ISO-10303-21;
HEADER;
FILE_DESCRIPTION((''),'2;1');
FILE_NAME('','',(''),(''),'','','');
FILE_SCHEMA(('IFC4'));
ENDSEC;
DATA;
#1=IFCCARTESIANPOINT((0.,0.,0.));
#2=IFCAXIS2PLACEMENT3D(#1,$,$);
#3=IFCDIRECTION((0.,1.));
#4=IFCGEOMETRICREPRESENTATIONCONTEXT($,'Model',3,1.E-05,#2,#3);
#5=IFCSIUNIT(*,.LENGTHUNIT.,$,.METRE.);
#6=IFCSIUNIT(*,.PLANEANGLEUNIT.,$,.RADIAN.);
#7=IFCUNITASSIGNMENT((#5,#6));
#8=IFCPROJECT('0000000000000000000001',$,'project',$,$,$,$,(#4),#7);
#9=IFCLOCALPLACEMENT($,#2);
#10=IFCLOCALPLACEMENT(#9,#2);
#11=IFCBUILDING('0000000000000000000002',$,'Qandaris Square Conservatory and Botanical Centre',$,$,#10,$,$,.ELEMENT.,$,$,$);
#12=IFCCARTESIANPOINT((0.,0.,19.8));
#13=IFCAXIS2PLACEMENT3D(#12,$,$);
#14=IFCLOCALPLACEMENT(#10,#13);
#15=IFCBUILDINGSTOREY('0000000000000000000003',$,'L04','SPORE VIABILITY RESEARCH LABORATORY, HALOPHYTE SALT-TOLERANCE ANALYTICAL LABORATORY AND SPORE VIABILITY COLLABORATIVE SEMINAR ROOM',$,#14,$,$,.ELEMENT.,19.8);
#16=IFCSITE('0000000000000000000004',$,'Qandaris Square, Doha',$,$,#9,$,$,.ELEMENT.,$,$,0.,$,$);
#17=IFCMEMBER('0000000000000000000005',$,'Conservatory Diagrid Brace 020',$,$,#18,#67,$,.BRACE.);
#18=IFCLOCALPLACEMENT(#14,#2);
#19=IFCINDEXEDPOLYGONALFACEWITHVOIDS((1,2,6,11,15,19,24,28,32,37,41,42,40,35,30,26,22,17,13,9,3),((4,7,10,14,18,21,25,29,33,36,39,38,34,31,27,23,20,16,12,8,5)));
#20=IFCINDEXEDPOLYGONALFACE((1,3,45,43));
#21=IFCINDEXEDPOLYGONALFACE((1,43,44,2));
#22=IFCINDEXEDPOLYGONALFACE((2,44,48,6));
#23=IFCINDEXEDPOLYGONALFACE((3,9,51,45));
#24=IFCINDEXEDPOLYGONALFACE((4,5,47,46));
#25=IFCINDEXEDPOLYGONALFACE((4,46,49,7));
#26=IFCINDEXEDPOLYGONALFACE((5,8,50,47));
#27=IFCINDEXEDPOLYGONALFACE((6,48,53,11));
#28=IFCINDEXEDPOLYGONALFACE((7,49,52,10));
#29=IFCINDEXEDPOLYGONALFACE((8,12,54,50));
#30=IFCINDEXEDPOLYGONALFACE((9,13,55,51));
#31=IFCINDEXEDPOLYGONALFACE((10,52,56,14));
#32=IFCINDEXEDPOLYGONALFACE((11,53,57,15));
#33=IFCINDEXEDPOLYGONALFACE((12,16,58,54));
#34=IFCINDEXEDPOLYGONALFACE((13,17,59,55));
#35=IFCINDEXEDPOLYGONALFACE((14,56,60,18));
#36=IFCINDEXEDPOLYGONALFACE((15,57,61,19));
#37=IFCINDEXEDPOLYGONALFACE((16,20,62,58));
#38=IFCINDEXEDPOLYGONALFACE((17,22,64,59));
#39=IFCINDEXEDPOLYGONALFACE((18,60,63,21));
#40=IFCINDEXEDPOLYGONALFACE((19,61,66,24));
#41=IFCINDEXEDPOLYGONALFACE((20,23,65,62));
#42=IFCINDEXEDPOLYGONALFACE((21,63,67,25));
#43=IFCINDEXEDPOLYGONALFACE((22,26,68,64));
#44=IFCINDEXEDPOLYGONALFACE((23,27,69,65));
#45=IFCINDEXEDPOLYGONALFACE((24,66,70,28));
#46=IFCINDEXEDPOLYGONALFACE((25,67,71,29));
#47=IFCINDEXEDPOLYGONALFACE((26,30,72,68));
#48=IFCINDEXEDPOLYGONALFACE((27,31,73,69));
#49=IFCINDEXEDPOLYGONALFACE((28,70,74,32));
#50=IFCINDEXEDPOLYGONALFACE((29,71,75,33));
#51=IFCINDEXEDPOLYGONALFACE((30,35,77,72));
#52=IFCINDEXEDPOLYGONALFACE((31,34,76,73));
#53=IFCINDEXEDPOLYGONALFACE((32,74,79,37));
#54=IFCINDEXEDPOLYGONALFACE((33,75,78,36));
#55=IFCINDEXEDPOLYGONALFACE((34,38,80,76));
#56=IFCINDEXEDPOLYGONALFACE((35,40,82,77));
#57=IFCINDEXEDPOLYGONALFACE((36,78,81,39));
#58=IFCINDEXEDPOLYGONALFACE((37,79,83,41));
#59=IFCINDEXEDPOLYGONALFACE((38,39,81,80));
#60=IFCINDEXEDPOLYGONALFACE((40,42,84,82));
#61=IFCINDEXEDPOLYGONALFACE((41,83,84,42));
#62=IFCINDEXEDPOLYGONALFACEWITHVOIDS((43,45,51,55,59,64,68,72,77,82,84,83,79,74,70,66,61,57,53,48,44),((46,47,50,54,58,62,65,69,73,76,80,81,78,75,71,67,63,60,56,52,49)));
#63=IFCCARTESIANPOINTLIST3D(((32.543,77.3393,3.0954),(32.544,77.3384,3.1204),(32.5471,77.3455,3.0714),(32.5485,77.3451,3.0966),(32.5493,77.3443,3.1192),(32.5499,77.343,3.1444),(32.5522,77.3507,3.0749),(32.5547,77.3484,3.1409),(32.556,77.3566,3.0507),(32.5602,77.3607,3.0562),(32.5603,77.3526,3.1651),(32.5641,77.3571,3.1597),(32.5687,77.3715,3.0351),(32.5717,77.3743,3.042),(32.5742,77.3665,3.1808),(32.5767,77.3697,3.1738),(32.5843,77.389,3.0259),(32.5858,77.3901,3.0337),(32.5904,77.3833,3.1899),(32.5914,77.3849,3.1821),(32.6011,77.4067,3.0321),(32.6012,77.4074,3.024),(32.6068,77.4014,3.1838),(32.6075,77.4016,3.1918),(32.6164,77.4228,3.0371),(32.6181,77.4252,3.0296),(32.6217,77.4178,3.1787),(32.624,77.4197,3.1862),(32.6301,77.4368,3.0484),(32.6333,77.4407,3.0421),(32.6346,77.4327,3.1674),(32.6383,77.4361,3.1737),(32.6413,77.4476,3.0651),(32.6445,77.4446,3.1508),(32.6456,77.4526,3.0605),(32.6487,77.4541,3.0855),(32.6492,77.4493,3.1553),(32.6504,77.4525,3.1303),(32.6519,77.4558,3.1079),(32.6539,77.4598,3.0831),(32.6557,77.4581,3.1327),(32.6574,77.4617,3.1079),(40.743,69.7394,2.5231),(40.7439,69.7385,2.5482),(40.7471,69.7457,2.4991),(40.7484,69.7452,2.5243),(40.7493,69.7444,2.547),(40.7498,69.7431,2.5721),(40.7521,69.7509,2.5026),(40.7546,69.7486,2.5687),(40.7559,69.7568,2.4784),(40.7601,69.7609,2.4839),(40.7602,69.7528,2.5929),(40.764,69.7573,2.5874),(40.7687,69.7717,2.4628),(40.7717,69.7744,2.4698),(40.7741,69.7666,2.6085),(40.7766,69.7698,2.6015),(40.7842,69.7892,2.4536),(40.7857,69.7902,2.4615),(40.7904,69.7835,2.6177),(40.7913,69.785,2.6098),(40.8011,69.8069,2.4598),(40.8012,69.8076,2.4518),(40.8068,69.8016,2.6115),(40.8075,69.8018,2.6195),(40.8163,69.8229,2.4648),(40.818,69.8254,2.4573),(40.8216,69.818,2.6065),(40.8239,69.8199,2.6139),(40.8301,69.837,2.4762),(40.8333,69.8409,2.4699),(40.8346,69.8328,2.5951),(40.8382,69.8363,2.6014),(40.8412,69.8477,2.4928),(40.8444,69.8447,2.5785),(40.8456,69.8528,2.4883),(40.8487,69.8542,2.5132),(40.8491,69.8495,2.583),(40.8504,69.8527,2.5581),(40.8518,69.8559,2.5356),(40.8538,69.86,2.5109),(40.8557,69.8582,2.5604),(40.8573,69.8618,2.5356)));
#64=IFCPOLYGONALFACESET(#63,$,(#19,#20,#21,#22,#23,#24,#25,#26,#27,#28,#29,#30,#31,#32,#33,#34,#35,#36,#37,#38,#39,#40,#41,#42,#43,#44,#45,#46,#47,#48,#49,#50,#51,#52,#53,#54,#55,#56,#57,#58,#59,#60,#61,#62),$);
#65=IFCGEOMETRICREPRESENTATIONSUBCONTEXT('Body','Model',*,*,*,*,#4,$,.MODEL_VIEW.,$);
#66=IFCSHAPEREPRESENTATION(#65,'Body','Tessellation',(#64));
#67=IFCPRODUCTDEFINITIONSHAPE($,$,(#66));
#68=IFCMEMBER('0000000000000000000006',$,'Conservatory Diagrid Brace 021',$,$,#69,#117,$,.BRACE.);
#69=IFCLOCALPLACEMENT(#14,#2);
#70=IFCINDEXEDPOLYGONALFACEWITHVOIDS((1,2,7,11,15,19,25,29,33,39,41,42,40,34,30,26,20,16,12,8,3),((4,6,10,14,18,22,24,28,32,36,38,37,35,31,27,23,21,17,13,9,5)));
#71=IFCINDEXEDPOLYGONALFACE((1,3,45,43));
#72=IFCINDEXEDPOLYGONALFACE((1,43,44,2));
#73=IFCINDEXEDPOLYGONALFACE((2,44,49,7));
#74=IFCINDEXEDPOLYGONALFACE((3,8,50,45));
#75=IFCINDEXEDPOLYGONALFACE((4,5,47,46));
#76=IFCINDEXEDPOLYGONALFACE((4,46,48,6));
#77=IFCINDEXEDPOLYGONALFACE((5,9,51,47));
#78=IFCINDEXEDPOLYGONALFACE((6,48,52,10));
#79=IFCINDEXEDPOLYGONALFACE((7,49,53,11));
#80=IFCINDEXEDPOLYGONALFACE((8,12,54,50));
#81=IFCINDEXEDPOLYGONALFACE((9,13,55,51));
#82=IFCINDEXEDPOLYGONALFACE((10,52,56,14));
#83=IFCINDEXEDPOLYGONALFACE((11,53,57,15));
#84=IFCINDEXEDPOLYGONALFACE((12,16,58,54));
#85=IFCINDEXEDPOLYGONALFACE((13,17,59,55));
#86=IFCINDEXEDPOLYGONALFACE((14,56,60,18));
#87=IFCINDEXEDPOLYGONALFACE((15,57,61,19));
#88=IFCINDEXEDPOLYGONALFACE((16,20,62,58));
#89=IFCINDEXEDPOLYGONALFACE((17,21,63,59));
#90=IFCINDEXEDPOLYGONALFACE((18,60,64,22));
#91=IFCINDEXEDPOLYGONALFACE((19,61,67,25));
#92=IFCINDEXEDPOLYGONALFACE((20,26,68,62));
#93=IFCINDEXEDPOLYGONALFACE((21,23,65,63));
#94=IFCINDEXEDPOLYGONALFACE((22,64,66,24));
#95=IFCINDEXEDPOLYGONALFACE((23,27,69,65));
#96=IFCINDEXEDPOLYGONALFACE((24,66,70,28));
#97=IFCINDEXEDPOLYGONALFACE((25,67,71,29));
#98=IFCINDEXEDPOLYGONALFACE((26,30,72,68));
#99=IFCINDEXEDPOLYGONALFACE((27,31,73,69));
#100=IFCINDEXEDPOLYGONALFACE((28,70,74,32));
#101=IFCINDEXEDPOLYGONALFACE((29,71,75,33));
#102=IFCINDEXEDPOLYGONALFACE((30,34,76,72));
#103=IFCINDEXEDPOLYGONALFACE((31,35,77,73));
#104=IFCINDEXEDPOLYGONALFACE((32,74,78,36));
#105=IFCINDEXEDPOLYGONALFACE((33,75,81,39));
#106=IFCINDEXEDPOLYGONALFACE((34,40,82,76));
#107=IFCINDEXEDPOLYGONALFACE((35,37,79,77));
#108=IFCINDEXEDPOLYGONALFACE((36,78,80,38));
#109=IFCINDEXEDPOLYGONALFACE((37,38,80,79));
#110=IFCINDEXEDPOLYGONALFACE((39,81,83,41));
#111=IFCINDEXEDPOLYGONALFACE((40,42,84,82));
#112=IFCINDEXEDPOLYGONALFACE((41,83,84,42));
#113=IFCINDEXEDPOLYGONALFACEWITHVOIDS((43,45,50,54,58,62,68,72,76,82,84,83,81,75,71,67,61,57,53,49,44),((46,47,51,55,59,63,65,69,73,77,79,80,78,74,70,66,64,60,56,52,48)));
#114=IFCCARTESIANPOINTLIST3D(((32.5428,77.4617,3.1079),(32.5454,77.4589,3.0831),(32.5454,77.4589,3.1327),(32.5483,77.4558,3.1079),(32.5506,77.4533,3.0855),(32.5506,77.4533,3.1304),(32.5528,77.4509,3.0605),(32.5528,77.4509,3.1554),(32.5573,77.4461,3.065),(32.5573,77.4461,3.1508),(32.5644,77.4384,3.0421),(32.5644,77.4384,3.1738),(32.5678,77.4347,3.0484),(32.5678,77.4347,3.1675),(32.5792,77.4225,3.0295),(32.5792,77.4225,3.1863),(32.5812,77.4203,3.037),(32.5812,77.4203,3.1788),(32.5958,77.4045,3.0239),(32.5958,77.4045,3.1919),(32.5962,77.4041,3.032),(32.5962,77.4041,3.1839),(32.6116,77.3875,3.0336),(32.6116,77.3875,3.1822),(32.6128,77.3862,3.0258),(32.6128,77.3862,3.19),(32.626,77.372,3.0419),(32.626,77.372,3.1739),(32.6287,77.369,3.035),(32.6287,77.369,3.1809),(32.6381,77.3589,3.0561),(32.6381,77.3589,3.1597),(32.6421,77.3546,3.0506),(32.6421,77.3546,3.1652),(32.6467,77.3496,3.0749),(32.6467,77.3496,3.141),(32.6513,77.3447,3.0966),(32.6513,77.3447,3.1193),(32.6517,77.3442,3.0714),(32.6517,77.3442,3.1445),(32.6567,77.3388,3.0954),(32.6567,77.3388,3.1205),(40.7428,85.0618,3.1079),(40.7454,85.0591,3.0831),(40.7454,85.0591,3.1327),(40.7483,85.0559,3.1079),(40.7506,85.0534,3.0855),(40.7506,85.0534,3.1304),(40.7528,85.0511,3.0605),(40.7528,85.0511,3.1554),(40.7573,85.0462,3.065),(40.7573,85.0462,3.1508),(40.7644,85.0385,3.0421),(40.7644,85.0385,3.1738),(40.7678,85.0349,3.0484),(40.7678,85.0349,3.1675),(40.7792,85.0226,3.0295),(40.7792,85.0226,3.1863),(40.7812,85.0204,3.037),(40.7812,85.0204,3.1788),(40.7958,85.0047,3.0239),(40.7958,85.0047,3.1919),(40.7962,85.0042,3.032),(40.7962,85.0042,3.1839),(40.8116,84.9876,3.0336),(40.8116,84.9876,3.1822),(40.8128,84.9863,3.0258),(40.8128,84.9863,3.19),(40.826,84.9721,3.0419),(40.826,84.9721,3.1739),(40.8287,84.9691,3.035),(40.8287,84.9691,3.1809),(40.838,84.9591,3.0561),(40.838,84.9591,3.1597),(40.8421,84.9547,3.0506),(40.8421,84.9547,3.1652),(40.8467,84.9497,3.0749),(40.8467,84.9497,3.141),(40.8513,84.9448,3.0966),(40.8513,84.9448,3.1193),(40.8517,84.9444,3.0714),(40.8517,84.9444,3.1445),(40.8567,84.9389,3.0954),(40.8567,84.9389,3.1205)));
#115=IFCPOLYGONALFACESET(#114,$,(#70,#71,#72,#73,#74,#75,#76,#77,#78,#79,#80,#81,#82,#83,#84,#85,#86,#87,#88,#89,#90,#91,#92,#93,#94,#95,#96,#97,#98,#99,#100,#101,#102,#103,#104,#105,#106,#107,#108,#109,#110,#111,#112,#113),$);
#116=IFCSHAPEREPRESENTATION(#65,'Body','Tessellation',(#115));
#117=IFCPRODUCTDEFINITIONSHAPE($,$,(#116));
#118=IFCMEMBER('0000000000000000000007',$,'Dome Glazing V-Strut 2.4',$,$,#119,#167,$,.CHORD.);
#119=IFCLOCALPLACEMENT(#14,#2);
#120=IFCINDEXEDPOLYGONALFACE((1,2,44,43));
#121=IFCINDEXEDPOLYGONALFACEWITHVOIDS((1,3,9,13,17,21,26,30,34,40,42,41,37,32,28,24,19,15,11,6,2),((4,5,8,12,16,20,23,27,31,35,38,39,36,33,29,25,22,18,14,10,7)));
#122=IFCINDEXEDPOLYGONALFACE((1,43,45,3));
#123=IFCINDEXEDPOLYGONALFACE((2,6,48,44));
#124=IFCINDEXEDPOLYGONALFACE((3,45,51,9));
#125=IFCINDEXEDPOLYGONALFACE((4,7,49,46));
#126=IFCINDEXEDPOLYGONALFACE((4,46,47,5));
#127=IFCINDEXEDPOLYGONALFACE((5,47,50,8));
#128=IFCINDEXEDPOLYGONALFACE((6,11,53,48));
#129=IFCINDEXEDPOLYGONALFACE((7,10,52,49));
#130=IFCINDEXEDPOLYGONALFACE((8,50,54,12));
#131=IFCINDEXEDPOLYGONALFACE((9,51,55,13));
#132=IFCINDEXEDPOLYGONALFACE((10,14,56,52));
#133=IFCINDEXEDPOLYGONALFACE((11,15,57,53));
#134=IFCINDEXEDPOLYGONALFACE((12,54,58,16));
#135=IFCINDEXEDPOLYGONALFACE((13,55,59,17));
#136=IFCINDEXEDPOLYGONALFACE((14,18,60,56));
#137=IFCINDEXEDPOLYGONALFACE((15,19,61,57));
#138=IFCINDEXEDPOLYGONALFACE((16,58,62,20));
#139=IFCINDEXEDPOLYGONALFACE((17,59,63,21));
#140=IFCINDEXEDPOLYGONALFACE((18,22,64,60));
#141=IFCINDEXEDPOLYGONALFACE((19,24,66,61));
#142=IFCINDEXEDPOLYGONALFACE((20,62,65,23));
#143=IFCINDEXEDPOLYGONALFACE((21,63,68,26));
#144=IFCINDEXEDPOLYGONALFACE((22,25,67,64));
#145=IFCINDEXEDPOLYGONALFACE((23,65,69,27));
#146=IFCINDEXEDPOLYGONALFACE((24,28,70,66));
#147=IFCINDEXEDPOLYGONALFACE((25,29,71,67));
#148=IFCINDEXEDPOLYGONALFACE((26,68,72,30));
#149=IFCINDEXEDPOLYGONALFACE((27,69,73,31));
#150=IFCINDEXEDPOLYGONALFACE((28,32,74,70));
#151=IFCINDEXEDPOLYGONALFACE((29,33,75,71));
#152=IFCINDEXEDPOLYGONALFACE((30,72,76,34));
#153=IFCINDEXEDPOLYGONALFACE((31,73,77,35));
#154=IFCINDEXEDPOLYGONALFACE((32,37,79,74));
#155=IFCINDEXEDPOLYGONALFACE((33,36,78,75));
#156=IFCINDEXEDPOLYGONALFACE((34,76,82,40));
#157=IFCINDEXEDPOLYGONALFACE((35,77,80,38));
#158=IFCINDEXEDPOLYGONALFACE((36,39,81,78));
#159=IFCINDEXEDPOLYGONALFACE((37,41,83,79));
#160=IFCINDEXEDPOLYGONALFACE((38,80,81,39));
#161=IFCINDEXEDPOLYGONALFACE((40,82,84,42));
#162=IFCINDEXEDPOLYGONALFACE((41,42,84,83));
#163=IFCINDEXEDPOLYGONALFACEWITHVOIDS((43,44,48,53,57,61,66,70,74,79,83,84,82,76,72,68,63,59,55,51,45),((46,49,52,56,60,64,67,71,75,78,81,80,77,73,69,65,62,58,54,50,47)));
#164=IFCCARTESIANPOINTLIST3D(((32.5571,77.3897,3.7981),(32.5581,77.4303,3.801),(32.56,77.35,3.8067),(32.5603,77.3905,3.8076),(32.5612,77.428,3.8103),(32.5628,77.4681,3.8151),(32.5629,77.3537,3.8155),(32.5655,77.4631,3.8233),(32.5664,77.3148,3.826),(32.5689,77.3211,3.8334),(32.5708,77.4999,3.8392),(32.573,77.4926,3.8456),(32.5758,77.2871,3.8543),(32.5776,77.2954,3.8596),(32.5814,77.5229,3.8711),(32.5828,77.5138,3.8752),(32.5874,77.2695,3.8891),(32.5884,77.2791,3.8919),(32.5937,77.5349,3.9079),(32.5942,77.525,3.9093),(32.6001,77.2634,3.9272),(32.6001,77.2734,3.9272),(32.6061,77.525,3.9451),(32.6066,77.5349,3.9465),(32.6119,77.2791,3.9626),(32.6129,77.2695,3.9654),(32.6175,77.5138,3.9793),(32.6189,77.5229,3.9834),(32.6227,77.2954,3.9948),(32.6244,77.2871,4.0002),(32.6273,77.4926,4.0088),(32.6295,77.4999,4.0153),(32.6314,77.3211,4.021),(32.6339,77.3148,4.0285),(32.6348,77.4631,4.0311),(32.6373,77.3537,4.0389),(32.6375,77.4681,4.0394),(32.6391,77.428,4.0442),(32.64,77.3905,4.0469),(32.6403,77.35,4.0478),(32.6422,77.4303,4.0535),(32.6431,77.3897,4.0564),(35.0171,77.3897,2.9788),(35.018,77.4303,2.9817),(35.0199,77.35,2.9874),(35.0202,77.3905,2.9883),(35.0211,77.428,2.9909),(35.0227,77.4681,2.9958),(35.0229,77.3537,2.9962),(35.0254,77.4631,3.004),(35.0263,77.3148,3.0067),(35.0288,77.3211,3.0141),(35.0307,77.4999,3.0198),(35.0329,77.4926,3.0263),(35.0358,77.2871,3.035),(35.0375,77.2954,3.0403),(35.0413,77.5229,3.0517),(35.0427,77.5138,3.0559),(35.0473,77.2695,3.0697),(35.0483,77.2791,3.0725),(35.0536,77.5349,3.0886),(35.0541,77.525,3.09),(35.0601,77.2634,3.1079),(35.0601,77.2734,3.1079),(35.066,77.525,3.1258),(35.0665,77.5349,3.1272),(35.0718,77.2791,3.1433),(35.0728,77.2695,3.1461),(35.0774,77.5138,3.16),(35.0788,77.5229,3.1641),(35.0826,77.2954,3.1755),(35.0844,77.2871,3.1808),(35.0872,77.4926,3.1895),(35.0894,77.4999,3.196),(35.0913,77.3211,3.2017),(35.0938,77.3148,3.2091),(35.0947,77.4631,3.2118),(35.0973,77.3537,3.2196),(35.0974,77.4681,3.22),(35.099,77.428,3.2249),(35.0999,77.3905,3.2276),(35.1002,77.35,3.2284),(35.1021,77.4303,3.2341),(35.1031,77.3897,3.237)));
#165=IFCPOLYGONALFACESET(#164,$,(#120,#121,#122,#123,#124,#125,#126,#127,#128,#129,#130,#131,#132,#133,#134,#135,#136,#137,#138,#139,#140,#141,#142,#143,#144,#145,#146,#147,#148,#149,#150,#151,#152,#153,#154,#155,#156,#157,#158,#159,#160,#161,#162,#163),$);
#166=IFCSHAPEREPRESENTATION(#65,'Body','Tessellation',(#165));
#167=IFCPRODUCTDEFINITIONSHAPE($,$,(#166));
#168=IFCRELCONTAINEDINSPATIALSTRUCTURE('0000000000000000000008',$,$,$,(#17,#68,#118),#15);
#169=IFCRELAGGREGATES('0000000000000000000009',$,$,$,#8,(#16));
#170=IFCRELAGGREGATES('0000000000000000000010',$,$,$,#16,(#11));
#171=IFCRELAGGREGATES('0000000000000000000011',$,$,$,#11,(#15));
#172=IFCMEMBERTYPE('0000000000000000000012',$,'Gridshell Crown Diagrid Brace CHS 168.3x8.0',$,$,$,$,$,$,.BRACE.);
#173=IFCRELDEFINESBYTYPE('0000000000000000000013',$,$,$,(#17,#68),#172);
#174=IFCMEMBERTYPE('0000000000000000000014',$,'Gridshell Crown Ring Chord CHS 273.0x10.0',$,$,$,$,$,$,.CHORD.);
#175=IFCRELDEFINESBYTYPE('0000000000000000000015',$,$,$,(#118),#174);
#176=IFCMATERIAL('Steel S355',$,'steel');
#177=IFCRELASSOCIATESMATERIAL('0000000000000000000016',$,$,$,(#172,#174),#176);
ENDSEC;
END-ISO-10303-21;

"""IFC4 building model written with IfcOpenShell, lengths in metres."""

from ifc_helpers import new_model, si_unit, direction, frame, origin, origin_2d, place, context, subcontext, project, spatial, hollow_circle, extrude, material, material_profile, profile_set, type_object, element, save


model = new_model("IFC4")

# Units and contexts
model_context = context("Model", 3, precision=1e-05, world=origin(), true_north=direction((0.0, 1.0)))
body_context = subcontext(model_context, "Body", "Model", "MODEL_VIEW")
ifc_project = project(units=[si_unit("LENGTHUNIT", "METRE"), si_unit("PLANEANGLEUNIT", "RADIAN")], contexts=[model_context])

# Site, building, storey
site_placement = place(None, origin())
site = spatial("IfcSite", under=ifc_project, at=site_placement, Name="Qandaris Square, Doha", CompositionType="ELEMENT", RefElevation=0.0)
building_placement = place(site_placement, origin())
building = spatial("IfcBuilding", under=site, at=building_placement, Name="Qandaris Square Conservatory and Botanical Centre", CompositionType="ELEMENT")
storey_placement = place(building_placement, frame((0.0, 0.0, 19.8)))
storey = spatial("IfcBuildingStorey", under=building, at=storey_placement, Name="L04", Description="SPORE VIABILITY RESEARCH LABORATORY, HALOPHYTE SALT-TOLERANCE ANALYTICAL LABORATORY AND SPORE VIABILITY COLLABORATIVE SEMINAR ROOM", CompositionType="ELEMENT", Elevation=19.8)

# Members
ifc_material = material(Name="Steel S355", Category="steel")
ifc_material_profile_1 = material_profile(ifc_material, hollow_circle(Radius=0.0842, WallThickness=0.0081, at=origin_2d()), Name="CHS 168.3x8.0")
ifc_profile_set_1 = profile_set([ifc_material_profile_1], Name="Steel S355")
member_type_1 = type_object("IfcMemberType", Name="Gridshell Crown Diagrid Brace CHS 168.3x8.0", PredefinedType="BRACE", material=ifc_profile_set_1)
member_1_placement = place(storey_placement, frame((32.6001, 77.3999, 3.1079), z_axis=(0.732476, -0.678871, -0.051119), x_axis=(0.67976, 0.733435, 0.0)))
element("IfcMember", 1, at=member_1_placement, inside=storey, type_object=member_type_1, Name="Conservatory Diagrid Brace 020", PredefinedType="BRACE", context=body_context, shape_type="SweptSolid", body=[
    extrude(hollow_circle(Radius=0.0842, WallThickness=0.0081, at=origin_2d()), origin(), (0.0, 0.0, 1.0), 11.1948),
])
member_2_placement = place(storey_placement, frame((32.6001, 77.3999, 3.1079), z_axis=(0.733424, 0.679772, 0.0), x_axis=(-0.679772, 0.733424, 0.0)))
element("IfcMember", 2, at=member_2_placement, inside=storey, type_object=member_type_1, Name="Conservatory Diagrid Brace 021", PredefinedType="BRACE", context=body_context, shape_type="SweptSolid", body=[
    extrude(hollow_circle(Radius=0.0842, WallThickness=0.0081, at=origin_2d()), origin(), (0.0, 0.0, 1.0), 11.1804),
])
ifc_material_profile_2 = material_profile(ifc_material, hollow_circle(Radius=0.1365, WallThickness=0.01, at=origin_2d()), Name="CHS 273.0x10.0")
ifc_profile_set_2 = profile_set([ifc_material_profile_2], Name="Steel S355")
member_type_2 = type_object("IfcMemberType", Name="Gridshell Crown Ring Chord CHS 273.0x10.0", PredefinedType="CHORD", material=ifc_profile_set_2)
for number, where, z_axis, x_axis, name in (
    (3, (35.0601, 77.3999, 3.1079), (-0.948759, 0.0, 0.316002), (0.0, -1.0, 0.0), "Dome Glazing V-Strut 2.4"),
):
    element("IfcMember", number, at=place(storey_placement, frame(where, z_axis=z_axis, x_axis=x_axis)), inside=storey, type_object=member_type_2, Name=name, PredefinedType="CHORD", context=body_context, shape_type="SweptSolid", body=[
        extrude(hollow_circle(Radius=0.1365, WallThickness=0.01, at=origin_2d()), origin(), (0.0, 0.0, 1.0), 2.5928),
    ])

save(model, "model.ifc")
